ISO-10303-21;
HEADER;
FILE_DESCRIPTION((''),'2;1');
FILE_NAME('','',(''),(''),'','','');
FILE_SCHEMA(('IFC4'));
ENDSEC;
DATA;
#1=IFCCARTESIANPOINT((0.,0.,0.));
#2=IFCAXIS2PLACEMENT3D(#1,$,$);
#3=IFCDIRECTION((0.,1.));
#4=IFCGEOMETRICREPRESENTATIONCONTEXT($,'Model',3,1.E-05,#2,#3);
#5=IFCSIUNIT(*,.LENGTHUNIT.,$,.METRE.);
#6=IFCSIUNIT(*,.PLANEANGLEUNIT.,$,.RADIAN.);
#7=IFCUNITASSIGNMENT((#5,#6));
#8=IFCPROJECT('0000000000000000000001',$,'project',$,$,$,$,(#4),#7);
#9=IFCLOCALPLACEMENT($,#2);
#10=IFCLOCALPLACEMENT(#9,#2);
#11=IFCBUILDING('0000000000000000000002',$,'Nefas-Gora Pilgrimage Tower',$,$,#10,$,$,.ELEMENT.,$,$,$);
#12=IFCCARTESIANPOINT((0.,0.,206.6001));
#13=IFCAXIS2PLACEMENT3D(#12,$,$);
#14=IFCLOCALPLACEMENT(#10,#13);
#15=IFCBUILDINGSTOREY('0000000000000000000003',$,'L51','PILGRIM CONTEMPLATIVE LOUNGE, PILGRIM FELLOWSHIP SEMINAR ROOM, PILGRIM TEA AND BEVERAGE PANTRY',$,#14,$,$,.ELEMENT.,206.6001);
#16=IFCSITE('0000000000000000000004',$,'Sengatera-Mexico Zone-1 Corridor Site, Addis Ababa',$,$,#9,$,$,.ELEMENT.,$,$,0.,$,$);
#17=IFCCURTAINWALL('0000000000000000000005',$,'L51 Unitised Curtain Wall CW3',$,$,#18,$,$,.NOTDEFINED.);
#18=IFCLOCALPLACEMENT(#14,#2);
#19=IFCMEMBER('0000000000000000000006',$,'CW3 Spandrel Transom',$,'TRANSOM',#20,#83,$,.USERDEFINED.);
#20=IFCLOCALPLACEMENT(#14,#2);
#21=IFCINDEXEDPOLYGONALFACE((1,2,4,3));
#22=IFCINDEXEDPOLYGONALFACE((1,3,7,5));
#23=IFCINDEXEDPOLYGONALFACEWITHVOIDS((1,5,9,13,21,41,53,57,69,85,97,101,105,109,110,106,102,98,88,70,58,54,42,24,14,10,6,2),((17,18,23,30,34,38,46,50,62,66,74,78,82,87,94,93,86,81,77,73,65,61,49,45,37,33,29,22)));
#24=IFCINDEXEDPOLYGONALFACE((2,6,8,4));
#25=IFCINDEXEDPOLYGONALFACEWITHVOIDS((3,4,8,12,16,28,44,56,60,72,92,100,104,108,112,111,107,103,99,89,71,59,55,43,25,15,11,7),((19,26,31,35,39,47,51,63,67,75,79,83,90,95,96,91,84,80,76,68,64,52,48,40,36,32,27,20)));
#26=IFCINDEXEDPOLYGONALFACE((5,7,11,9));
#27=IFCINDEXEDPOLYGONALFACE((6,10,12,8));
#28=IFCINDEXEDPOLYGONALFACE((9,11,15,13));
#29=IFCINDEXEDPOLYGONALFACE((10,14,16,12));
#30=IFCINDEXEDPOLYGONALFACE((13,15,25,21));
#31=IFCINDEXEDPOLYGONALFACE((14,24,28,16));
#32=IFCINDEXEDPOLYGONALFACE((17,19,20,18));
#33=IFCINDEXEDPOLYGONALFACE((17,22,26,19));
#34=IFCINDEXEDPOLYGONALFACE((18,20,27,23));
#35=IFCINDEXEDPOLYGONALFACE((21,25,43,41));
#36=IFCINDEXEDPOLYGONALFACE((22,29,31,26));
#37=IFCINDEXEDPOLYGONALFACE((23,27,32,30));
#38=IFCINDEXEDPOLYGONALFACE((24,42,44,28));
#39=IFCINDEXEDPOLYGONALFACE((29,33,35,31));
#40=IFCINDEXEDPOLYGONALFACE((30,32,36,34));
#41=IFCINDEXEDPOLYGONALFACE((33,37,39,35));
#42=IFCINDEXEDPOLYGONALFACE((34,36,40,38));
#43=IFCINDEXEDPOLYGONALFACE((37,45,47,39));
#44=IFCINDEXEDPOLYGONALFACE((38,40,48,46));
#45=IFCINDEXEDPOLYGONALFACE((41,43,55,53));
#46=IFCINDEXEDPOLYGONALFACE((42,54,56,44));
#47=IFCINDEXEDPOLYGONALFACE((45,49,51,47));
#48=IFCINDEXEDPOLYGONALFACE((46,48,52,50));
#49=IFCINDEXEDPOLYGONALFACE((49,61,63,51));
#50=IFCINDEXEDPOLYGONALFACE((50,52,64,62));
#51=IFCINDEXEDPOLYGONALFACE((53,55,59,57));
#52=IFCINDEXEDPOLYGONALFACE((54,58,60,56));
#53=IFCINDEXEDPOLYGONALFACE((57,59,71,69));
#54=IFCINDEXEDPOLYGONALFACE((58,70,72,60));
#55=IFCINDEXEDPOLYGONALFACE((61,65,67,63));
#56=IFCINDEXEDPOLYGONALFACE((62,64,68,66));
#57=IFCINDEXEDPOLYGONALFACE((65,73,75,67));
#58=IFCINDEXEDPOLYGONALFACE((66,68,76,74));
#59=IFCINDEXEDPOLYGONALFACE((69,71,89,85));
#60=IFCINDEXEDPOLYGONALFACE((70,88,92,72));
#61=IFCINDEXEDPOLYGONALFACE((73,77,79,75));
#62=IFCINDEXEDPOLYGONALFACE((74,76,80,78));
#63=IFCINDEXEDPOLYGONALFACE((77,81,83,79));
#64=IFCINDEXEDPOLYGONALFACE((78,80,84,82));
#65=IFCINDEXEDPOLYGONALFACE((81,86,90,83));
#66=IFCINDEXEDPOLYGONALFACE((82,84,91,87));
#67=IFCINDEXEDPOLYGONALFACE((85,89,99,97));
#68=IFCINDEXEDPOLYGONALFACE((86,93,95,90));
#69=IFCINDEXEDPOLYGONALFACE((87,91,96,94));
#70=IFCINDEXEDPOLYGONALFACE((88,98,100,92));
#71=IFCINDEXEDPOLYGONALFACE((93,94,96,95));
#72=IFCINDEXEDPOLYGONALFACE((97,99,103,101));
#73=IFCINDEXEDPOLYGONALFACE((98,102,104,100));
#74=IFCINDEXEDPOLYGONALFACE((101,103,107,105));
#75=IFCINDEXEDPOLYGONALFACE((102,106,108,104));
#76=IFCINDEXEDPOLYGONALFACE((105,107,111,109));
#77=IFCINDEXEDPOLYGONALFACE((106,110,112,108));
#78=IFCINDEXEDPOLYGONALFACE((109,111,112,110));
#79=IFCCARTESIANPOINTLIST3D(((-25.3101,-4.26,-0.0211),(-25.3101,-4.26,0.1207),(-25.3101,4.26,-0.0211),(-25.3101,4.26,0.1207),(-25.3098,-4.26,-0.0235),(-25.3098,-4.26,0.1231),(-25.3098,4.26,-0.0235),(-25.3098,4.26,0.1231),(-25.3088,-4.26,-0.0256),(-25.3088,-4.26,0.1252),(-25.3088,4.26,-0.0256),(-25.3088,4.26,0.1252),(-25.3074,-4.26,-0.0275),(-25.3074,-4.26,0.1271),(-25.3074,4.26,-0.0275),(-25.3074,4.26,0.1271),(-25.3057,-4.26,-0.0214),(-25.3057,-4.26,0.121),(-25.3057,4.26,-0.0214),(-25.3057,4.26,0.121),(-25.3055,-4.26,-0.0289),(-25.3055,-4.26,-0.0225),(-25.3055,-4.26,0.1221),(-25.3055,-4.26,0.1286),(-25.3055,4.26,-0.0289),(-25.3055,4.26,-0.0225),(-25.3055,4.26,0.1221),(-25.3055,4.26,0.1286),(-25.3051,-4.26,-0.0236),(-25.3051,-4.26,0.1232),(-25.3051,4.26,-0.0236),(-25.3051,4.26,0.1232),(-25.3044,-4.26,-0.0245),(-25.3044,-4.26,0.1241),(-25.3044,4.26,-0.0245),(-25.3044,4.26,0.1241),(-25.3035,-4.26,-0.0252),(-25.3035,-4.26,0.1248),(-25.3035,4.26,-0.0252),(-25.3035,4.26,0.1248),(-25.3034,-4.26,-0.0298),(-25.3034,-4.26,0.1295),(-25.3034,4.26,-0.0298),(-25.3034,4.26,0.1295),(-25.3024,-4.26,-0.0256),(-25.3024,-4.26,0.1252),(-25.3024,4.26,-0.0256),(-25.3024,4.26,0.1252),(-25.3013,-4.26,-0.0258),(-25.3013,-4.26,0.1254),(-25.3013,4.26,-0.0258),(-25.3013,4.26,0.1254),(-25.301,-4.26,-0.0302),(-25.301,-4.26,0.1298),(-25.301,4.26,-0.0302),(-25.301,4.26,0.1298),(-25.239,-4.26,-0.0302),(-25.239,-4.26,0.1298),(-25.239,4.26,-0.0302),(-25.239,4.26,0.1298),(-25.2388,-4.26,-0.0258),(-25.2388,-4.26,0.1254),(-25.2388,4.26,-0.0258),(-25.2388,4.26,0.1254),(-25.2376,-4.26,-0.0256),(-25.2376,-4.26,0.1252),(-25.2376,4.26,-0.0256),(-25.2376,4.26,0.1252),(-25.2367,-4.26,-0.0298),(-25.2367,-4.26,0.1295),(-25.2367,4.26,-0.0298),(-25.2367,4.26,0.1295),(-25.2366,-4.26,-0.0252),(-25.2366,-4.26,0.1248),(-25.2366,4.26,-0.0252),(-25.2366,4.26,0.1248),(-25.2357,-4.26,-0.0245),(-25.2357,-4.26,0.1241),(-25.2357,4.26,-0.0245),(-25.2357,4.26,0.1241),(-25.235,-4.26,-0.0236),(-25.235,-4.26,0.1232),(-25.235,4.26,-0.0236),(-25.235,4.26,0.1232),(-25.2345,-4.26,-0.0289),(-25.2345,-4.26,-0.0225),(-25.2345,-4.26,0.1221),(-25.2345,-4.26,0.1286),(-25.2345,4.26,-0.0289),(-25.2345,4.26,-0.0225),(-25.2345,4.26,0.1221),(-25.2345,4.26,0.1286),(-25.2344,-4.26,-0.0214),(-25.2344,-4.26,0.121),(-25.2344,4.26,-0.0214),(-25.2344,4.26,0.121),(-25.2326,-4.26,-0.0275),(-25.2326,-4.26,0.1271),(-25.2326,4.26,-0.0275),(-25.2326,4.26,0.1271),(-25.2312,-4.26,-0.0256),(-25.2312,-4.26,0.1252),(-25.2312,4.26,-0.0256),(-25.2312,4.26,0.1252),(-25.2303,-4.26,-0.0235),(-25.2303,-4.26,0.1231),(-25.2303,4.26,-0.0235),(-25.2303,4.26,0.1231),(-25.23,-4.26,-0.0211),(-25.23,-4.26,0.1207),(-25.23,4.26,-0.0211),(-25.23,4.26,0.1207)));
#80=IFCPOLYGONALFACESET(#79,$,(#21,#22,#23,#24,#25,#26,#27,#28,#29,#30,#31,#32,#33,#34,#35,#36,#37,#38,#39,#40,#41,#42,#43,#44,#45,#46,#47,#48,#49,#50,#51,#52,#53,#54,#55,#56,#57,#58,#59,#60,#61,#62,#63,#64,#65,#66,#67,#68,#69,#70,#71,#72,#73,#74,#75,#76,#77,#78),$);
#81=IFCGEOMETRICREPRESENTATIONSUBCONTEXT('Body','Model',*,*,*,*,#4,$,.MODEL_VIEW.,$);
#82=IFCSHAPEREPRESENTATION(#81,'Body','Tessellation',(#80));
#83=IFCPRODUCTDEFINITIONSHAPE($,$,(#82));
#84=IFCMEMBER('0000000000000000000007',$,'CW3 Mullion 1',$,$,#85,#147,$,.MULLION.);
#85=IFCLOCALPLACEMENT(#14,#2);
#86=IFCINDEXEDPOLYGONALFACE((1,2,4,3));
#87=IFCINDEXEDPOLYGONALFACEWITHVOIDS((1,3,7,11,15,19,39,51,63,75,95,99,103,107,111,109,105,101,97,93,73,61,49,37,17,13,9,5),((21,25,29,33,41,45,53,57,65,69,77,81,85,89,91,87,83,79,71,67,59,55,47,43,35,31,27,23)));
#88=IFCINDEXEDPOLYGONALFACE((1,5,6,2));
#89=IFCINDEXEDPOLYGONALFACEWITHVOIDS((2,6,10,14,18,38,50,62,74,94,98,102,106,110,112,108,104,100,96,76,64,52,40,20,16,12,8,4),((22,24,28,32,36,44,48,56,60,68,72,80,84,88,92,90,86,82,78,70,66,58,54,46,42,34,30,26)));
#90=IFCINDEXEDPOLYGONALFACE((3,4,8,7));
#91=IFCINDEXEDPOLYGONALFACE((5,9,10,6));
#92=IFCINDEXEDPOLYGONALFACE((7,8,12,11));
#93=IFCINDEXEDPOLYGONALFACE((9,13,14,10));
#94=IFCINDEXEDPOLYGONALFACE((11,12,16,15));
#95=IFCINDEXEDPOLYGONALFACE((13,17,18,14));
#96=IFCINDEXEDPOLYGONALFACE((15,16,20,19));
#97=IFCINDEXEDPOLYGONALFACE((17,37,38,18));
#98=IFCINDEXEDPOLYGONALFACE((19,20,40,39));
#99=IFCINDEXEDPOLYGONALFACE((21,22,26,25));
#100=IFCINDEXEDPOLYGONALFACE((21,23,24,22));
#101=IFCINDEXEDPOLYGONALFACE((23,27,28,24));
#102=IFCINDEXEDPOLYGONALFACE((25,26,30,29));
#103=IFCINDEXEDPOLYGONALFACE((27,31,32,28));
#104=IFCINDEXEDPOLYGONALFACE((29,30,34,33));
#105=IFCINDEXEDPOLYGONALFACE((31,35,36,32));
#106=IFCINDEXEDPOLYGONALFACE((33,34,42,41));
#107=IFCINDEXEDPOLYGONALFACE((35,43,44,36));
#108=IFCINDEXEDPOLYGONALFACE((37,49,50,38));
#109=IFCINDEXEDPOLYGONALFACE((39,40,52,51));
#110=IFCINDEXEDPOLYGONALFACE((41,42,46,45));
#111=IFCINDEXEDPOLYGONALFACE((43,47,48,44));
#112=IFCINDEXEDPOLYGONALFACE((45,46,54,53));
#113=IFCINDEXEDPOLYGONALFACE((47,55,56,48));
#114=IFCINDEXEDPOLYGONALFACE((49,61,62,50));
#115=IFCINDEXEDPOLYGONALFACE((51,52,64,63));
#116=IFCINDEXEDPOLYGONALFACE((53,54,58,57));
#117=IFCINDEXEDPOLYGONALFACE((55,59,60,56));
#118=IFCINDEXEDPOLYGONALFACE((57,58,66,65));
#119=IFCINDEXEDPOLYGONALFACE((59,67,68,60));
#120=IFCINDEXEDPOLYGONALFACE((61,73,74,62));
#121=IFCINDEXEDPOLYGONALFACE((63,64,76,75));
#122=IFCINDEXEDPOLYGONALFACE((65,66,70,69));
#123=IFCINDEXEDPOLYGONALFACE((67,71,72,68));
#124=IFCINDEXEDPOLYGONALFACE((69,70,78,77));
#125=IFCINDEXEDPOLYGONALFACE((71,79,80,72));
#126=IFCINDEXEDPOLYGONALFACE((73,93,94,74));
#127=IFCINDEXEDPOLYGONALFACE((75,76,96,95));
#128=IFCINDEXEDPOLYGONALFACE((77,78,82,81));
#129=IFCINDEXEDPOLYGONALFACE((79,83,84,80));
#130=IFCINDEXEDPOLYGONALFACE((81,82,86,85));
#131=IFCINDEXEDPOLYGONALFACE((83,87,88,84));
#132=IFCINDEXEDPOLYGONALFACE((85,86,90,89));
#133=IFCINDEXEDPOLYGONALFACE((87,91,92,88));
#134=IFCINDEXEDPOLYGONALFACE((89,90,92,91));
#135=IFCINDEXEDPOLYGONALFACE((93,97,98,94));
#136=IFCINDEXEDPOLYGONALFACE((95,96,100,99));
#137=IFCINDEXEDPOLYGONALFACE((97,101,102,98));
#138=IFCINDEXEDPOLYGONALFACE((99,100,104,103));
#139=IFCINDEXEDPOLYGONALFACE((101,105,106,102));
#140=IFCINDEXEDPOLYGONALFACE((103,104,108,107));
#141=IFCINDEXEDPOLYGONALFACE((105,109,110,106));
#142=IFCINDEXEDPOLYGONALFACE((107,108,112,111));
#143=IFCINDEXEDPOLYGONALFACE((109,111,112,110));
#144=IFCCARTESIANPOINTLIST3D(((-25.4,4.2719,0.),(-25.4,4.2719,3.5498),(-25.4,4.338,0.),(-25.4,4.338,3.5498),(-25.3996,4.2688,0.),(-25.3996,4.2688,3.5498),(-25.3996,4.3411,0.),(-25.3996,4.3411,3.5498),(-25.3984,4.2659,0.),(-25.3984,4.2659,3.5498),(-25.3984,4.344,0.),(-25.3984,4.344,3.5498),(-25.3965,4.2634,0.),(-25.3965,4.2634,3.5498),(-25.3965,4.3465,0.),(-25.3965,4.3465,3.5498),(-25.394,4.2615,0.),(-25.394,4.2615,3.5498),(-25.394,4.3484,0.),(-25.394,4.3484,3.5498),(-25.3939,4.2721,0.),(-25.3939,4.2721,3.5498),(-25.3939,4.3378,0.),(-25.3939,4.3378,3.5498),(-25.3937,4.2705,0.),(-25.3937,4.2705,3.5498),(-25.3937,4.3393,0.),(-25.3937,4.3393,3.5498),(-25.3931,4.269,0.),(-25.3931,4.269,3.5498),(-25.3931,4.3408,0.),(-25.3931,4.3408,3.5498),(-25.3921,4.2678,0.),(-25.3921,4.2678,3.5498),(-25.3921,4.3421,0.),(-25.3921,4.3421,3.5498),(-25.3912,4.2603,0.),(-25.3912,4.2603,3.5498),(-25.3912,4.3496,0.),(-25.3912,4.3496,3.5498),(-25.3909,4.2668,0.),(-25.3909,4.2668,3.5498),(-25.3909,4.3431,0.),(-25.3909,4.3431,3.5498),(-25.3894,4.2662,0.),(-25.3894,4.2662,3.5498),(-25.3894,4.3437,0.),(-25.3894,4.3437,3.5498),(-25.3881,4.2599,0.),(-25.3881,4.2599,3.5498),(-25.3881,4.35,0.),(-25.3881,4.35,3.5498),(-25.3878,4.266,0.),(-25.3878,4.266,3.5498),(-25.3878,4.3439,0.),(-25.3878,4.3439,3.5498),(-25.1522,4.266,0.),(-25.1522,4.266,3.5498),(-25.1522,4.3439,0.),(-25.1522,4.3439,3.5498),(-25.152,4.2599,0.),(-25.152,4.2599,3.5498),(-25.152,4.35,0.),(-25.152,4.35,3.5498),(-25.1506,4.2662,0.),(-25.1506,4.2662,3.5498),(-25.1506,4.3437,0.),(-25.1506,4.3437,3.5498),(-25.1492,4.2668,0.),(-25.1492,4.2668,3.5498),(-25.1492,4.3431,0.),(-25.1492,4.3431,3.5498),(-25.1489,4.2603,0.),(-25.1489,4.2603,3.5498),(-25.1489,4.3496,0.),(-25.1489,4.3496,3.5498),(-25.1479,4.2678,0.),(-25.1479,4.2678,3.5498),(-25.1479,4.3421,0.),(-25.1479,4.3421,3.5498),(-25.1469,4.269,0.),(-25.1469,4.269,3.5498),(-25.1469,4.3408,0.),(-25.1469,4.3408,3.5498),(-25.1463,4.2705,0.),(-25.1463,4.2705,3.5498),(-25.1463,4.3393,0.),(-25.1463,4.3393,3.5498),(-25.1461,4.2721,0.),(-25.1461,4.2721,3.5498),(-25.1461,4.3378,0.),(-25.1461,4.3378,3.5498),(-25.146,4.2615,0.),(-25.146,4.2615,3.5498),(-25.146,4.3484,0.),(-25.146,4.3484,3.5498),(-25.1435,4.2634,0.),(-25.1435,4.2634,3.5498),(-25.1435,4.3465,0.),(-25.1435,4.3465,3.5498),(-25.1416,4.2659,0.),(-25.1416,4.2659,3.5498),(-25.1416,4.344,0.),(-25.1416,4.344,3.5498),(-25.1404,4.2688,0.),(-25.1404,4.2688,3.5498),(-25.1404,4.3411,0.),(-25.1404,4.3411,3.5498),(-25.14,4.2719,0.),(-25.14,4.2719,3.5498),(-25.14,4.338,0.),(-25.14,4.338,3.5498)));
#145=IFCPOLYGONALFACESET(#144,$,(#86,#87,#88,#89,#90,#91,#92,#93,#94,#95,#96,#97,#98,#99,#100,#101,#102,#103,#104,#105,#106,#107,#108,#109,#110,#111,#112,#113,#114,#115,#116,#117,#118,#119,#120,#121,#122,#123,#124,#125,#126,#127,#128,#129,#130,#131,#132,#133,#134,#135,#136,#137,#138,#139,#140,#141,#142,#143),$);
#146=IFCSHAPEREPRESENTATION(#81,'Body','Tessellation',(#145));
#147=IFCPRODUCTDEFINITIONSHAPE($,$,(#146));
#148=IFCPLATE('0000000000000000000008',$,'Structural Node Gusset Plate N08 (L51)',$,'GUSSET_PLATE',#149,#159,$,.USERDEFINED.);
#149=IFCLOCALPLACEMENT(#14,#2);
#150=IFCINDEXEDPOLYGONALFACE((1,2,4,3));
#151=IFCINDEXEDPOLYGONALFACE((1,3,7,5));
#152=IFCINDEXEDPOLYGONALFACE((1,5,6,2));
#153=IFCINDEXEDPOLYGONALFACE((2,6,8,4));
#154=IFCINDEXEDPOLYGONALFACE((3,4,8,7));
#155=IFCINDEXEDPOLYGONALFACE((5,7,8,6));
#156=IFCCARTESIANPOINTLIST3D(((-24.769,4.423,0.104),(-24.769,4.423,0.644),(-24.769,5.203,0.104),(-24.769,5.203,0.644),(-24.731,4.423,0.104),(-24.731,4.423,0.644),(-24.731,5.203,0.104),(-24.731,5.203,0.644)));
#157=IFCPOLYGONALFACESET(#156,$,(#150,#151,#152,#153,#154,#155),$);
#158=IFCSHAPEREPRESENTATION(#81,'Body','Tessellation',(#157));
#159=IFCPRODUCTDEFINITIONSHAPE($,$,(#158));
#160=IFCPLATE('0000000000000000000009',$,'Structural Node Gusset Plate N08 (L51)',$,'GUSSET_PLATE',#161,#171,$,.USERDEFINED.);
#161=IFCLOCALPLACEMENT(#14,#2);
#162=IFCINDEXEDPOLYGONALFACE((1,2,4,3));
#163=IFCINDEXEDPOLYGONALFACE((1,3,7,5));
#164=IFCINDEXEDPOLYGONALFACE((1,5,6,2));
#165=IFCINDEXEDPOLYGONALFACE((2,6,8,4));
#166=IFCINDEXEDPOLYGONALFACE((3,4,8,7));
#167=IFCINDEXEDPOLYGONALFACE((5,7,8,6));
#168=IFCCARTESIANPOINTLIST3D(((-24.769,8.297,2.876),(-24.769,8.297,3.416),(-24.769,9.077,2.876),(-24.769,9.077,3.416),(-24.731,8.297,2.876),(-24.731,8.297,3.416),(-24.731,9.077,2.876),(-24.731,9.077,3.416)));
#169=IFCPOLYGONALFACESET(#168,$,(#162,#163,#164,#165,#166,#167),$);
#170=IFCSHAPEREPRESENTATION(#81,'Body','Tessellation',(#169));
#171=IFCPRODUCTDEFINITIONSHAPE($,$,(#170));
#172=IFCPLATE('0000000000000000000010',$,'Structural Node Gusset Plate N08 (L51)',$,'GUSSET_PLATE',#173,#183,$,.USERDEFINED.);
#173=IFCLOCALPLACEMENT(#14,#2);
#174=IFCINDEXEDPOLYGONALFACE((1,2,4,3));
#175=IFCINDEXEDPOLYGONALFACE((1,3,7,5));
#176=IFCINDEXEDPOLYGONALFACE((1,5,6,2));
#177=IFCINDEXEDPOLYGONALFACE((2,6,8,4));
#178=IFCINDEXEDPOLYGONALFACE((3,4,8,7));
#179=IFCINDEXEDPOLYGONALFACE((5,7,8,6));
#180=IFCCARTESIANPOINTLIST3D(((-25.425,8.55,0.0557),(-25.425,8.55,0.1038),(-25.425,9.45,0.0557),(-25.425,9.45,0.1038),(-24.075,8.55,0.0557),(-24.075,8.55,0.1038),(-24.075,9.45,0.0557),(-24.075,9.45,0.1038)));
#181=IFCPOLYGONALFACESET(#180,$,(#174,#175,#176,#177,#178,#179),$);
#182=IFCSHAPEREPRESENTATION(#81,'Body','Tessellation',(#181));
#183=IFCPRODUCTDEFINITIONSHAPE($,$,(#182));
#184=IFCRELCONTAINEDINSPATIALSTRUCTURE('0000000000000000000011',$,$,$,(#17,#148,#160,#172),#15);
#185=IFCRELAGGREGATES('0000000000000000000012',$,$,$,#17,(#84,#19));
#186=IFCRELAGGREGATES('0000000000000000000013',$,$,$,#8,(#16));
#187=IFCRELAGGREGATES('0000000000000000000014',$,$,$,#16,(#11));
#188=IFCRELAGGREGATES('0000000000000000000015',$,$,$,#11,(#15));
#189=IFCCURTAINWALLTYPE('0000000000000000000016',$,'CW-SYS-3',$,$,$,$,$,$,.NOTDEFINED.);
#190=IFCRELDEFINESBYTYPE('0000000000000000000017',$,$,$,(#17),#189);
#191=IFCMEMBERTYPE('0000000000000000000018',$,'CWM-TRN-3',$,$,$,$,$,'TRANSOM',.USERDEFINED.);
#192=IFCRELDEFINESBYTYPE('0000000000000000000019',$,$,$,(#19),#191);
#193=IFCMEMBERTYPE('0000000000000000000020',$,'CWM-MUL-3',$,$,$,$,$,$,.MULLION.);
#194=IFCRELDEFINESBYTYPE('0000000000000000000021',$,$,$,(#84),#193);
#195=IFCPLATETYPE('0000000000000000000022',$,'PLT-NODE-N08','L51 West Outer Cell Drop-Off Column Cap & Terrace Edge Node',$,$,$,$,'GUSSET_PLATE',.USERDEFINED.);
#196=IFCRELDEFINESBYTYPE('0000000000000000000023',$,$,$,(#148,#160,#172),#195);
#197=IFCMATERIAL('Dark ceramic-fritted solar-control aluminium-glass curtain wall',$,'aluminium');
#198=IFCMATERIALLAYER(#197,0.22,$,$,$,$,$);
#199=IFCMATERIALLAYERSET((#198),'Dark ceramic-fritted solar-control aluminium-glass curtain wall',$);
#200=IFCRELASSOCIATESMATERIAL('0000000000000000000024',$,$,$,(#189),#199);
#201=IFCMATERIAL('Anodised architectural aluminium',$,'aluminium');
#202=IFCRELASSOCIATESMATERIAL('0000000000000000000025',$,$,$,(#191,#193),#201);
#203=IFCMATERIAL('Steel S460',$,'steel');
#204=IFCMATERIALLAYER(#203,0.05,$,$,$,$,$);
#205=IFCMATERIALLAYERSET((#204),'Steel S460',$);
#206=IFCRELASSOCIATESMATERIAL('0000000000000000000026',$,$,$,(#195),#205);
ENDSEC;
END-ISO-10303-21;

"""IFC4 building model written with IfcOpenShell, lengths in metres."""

from ifc_helpers import new_model, si_unit, direction, frame, origin, origin_2d, place, context, subcontext, project, spatial, rectangle, hollow_rectangle, extrude, source, transform, mapped, material, layer, layer_set, material_profile, profile_set, type_object, element, aggregate, save


model = new_model("IFC4")

# Units and contexts
model_context = context("Model", 3, precision=1e-05, world=origin(), true_north=direction((0.0, 1.0)))
body_context = subcontext(model_context, "Body", "Model", "MODEL_VIEW")
ifc_project = project(units=[si_unit("LENGTHUNIT", "METRE"), si_unit("PLANEANGLEUNIT", "RADIAN")], contexts=[model_context])

# Site, building, storey
site_placement = place(None, origin())
site = spatial("IfcSite", under=ifc_project, at=site_placement, Name="Sengatera-Mexico Zone-1 Corridor Site, Addis Ababa", CompositionType="ELEMENT", RefElevation=0.0)
building_placement = place(site_placement, origin())
building = spatial("IfcBuilding", under=site, at=building_placement, Name="Nefas-Gora Pilgrimage Tower", CompositionType="ELEMENT")
storey_placement = place(building_placement, frame((0.0, 0.0, 206.6001)))
storey = spatial("IfcBuildingStorey", under=building, at=storey_placement, Name="L51", Description="PILGRIM CONTEMPLATIVE LOUNGE, PILGRIM FELLOWSHIP SEMINAR ROOM, PILGRIM TEA AND BEVERAGE PANTRY", CompositionType="ELEMENT", Elevation=206.6001)

# Shared definitions
ifc_material_1 = material(Name="Steel S460", Category="steel")

# Curtain wall, members
ifc_material_2 = material(Name="Dark ceramic-fritted solar-control aluminium-glass curtain wall", Category="aluminium")
ifc_layer_1 = layer(ifc_material_2, 0.22)
ifc_layer_set_1 = layer_set([ifc_layer_1], Name="Dark ceramic-fritted solar-control aluminium-glass curtain wall")
curtain_wall_type = type_object("IfcCurtainWallType", Name="CW-SYS-3", PredefinedType="NOTDEFINED", material=ifc_layer_set_1)
curtain_wall_placement = place(storey_placement, origin())
curtain_wall = element("IfcCurtainWall", 1, at=curtain_wall_placement, inside=storey, type_object=curtain_wall_type, Name="L51 Unitised Curtain Wall CW3", PredefinedType="NOTDEFINED")
ifc_material_3 = material(Name="Anodised architectural aluminium", Category="aluminium")
ifc_material_profile_1 = material_profile(ifc_material_3, hollow_rectangle(XDim=0.0801, YDim=0.1599, WallThickness=0.0044, InnerFilletRadius=0.0044, OuterFilletRadius=0.009, at=origin_2d()), Name="ALU TRANSOM 80x160")
ifc_profile_set_1 = profile_set([ifc_material_profile_1], Name="Anodised architectural aluminium")
member_type_1 = type_object("IfcMemberType", Name="CWM-TRN-3", ElementType="TRANSOM", PredefinedType="USERDEFINED", material=ifc_profile_set_1)
shared_shape_1 = source(origin(), body_context, "Body", "SweptSolid", [
    extrude(hollow_rectangle(XDim=0.0801, YDim=0.1599, WallThickness=0.0044, InnerFilletRadius=0.0044, OuterFilletRadius=0.009, at=origin_2d()), origin(), (0.0, 0.0, 1.0), 8.52),
])
member_1_placement = place(storey_placement, frame((-25.27, 4.26, 0.0498), z_axis=(0.0, -1.0, 0.0), x_axis=(1.0, 0.0, 0.0)))
member_1 = element("IfcMember", 2, at=member_1_placement, type_object=member_type_1, Name="CW3 Spandrel Transom", ObjectType="TRANSOM", PredefinedType="USERDEFINED", context=body_context, shape_type="MappedRepresentation", body=[
    mapped(shared_shape_1, transform((0.0, 0.0, 0.0), x_axis=(1.0, 0.0, 0.0), y_axis=(0.0, 1.0, 0.0), z_axis=(0.0, 0.0, 1.0), scale=1.0)),
])
ifc_material_profile_2 = material_profile(ifc_material_3, hollow_rectangle(XDim=0.0901, YDim=0.26, WallThickness=0.0061, InnerFilletRadius=0.0061, OuterFilletRadius=0.012, at=origin_2d()), Name="ALU MULLION 90x260")
ifc_profile_set_2 = profile_set([ifc_material_profile_2], Name="Anodised architectural aluminium")
member_type_2 = type_object("IfcMemberType", Name="CWM-MUL-3", PredefinedType="MULLION", material=ifc_profile_set_2)
shared_shape_2 = source(origin(), body_context, "Body", "SweptSolid", [
    extrude(hollow_rectangle(XDim=0.0901, YDim=0.26, WallThickness=0.0061, InnerFilletRadius=0.0061, OuterFilletRadius=0.012, at=origin_2d()), origin(), (0.0, 0.0, 1.0), 3.5498),
])
member_2_placement = place(storey_placement, frame((-25.27, 4.3049, 0.0), z_axis=(0.0, 0.0, 1.0), x_axis=(0.0, -1.0, 0.0)))
member_2 = element("IfcMember", 3, at=member_2_placement, type_object=member_type_2, Name="CW3 Mullion 1", PredefinedType="MULLION", context=body_context, shape_type="MappedRepresentation", body=[
    mapped(shared_shape_2, transform((0.0, 0.0, 0.0), x_axis=(1.0, 0.0, 0.0), y_axis=(0.0, 1.0, 0.0), z_axis=(0.0, 0.0, 1.0), scale=1.0)),
])

# Plates
ifc_layer_2 = layer(ifc_material_1, 0.05)
ifc_layer_set_2 = layer_set([ifc_layer_2], Name="Steel S460")
plate_type_1 = type_object("IfcPlateType", Name="PLT-NODE-N08", Description="L51 West Outer Cell Drop-Off Column Cap & Terrace Edge Node", ElementType="GUSSET_PLATE", PredefinedType="USERDEFINED", material=ifc_layer_set_2)
shared_shape_3 = source(origin(), body_context, "Body", "SweptSolid", [
    extrude(rectangle(XDim=0.78, YDim=0.0381, at=origin_2d()), origin(), (0.0, 0.0, 1.0), 0.54),
])
for number, where, z_axis, x_axis, name in (
    (4, (-24.75, 4.813, 0.104), (0.0, 0.0, 1.0), (0.0, 1.0, 0.0), "Structural Node Gusset Plate N08 (L51)"),
    (5, (-24.75, 8.687, 2.876), (0.0, 0.0, 1.0), (0.0, 1.0, 0.0), "Structural Node Gusset Plate N08 (L51)"),
):
    element("IfcPlate", number, at=place(storey_placement, frame(where, z_axis=z_axis, x_axis=x_axis)), inside=storey, type_object=plate_type_1, Name=name, ObjectType="GUSSET_PLATE", PredefinedType="USERDEFINED", context=body_context, shape_type="MappedRepresentation", body=[
        mapped(shared_shape_3, transform((0.0, 0.0, 0.0), x_axis=(1.0, 0.0, 0.0), y_axis=(0.0, 1.0, 0.0), z_axis=(0.0, 0.0, 1.0), scale=1.0)),
    ])
shared_shape_4 = source(origin(), body_context, "Body", "SweptSolid", [
    extrude(rectangle(XDim=1.3501, YDim=0.8999, at=origin_2d()), origin(), (0.0, 0.0, 1.0), 0.0481),
])
plate_1_placement = place(storey_placement, frame((-24.75, 9.0, 0.0557), z_axis=(0.0, 0.0, 1.0), x_axis=(1.0, 0.0, 0.0)))
element("IfcPlate", 6, at=plate_1_placement, inside=storey, type_object=plate_type_1, Name="Structural Node Gusset Plate N08 (L51)", ObjectType="GUSSET_PLATE", PredefinedType="USERDEFINED", context=body_context, shape_type="MappedRepresentation", body=[
    mapped(shared_shape_4, transform((0.0, 0.0, 0.0), x_axis=(1.0, 0.0, 0.0), y_axis=(0.0, 1.0, 0.0), z_axis=(0.0, 0.0, 1.0), scale=1.0)),
])

aggregate(curtain_wall, [member_2, member_1])

save(model, "model.ifc")
